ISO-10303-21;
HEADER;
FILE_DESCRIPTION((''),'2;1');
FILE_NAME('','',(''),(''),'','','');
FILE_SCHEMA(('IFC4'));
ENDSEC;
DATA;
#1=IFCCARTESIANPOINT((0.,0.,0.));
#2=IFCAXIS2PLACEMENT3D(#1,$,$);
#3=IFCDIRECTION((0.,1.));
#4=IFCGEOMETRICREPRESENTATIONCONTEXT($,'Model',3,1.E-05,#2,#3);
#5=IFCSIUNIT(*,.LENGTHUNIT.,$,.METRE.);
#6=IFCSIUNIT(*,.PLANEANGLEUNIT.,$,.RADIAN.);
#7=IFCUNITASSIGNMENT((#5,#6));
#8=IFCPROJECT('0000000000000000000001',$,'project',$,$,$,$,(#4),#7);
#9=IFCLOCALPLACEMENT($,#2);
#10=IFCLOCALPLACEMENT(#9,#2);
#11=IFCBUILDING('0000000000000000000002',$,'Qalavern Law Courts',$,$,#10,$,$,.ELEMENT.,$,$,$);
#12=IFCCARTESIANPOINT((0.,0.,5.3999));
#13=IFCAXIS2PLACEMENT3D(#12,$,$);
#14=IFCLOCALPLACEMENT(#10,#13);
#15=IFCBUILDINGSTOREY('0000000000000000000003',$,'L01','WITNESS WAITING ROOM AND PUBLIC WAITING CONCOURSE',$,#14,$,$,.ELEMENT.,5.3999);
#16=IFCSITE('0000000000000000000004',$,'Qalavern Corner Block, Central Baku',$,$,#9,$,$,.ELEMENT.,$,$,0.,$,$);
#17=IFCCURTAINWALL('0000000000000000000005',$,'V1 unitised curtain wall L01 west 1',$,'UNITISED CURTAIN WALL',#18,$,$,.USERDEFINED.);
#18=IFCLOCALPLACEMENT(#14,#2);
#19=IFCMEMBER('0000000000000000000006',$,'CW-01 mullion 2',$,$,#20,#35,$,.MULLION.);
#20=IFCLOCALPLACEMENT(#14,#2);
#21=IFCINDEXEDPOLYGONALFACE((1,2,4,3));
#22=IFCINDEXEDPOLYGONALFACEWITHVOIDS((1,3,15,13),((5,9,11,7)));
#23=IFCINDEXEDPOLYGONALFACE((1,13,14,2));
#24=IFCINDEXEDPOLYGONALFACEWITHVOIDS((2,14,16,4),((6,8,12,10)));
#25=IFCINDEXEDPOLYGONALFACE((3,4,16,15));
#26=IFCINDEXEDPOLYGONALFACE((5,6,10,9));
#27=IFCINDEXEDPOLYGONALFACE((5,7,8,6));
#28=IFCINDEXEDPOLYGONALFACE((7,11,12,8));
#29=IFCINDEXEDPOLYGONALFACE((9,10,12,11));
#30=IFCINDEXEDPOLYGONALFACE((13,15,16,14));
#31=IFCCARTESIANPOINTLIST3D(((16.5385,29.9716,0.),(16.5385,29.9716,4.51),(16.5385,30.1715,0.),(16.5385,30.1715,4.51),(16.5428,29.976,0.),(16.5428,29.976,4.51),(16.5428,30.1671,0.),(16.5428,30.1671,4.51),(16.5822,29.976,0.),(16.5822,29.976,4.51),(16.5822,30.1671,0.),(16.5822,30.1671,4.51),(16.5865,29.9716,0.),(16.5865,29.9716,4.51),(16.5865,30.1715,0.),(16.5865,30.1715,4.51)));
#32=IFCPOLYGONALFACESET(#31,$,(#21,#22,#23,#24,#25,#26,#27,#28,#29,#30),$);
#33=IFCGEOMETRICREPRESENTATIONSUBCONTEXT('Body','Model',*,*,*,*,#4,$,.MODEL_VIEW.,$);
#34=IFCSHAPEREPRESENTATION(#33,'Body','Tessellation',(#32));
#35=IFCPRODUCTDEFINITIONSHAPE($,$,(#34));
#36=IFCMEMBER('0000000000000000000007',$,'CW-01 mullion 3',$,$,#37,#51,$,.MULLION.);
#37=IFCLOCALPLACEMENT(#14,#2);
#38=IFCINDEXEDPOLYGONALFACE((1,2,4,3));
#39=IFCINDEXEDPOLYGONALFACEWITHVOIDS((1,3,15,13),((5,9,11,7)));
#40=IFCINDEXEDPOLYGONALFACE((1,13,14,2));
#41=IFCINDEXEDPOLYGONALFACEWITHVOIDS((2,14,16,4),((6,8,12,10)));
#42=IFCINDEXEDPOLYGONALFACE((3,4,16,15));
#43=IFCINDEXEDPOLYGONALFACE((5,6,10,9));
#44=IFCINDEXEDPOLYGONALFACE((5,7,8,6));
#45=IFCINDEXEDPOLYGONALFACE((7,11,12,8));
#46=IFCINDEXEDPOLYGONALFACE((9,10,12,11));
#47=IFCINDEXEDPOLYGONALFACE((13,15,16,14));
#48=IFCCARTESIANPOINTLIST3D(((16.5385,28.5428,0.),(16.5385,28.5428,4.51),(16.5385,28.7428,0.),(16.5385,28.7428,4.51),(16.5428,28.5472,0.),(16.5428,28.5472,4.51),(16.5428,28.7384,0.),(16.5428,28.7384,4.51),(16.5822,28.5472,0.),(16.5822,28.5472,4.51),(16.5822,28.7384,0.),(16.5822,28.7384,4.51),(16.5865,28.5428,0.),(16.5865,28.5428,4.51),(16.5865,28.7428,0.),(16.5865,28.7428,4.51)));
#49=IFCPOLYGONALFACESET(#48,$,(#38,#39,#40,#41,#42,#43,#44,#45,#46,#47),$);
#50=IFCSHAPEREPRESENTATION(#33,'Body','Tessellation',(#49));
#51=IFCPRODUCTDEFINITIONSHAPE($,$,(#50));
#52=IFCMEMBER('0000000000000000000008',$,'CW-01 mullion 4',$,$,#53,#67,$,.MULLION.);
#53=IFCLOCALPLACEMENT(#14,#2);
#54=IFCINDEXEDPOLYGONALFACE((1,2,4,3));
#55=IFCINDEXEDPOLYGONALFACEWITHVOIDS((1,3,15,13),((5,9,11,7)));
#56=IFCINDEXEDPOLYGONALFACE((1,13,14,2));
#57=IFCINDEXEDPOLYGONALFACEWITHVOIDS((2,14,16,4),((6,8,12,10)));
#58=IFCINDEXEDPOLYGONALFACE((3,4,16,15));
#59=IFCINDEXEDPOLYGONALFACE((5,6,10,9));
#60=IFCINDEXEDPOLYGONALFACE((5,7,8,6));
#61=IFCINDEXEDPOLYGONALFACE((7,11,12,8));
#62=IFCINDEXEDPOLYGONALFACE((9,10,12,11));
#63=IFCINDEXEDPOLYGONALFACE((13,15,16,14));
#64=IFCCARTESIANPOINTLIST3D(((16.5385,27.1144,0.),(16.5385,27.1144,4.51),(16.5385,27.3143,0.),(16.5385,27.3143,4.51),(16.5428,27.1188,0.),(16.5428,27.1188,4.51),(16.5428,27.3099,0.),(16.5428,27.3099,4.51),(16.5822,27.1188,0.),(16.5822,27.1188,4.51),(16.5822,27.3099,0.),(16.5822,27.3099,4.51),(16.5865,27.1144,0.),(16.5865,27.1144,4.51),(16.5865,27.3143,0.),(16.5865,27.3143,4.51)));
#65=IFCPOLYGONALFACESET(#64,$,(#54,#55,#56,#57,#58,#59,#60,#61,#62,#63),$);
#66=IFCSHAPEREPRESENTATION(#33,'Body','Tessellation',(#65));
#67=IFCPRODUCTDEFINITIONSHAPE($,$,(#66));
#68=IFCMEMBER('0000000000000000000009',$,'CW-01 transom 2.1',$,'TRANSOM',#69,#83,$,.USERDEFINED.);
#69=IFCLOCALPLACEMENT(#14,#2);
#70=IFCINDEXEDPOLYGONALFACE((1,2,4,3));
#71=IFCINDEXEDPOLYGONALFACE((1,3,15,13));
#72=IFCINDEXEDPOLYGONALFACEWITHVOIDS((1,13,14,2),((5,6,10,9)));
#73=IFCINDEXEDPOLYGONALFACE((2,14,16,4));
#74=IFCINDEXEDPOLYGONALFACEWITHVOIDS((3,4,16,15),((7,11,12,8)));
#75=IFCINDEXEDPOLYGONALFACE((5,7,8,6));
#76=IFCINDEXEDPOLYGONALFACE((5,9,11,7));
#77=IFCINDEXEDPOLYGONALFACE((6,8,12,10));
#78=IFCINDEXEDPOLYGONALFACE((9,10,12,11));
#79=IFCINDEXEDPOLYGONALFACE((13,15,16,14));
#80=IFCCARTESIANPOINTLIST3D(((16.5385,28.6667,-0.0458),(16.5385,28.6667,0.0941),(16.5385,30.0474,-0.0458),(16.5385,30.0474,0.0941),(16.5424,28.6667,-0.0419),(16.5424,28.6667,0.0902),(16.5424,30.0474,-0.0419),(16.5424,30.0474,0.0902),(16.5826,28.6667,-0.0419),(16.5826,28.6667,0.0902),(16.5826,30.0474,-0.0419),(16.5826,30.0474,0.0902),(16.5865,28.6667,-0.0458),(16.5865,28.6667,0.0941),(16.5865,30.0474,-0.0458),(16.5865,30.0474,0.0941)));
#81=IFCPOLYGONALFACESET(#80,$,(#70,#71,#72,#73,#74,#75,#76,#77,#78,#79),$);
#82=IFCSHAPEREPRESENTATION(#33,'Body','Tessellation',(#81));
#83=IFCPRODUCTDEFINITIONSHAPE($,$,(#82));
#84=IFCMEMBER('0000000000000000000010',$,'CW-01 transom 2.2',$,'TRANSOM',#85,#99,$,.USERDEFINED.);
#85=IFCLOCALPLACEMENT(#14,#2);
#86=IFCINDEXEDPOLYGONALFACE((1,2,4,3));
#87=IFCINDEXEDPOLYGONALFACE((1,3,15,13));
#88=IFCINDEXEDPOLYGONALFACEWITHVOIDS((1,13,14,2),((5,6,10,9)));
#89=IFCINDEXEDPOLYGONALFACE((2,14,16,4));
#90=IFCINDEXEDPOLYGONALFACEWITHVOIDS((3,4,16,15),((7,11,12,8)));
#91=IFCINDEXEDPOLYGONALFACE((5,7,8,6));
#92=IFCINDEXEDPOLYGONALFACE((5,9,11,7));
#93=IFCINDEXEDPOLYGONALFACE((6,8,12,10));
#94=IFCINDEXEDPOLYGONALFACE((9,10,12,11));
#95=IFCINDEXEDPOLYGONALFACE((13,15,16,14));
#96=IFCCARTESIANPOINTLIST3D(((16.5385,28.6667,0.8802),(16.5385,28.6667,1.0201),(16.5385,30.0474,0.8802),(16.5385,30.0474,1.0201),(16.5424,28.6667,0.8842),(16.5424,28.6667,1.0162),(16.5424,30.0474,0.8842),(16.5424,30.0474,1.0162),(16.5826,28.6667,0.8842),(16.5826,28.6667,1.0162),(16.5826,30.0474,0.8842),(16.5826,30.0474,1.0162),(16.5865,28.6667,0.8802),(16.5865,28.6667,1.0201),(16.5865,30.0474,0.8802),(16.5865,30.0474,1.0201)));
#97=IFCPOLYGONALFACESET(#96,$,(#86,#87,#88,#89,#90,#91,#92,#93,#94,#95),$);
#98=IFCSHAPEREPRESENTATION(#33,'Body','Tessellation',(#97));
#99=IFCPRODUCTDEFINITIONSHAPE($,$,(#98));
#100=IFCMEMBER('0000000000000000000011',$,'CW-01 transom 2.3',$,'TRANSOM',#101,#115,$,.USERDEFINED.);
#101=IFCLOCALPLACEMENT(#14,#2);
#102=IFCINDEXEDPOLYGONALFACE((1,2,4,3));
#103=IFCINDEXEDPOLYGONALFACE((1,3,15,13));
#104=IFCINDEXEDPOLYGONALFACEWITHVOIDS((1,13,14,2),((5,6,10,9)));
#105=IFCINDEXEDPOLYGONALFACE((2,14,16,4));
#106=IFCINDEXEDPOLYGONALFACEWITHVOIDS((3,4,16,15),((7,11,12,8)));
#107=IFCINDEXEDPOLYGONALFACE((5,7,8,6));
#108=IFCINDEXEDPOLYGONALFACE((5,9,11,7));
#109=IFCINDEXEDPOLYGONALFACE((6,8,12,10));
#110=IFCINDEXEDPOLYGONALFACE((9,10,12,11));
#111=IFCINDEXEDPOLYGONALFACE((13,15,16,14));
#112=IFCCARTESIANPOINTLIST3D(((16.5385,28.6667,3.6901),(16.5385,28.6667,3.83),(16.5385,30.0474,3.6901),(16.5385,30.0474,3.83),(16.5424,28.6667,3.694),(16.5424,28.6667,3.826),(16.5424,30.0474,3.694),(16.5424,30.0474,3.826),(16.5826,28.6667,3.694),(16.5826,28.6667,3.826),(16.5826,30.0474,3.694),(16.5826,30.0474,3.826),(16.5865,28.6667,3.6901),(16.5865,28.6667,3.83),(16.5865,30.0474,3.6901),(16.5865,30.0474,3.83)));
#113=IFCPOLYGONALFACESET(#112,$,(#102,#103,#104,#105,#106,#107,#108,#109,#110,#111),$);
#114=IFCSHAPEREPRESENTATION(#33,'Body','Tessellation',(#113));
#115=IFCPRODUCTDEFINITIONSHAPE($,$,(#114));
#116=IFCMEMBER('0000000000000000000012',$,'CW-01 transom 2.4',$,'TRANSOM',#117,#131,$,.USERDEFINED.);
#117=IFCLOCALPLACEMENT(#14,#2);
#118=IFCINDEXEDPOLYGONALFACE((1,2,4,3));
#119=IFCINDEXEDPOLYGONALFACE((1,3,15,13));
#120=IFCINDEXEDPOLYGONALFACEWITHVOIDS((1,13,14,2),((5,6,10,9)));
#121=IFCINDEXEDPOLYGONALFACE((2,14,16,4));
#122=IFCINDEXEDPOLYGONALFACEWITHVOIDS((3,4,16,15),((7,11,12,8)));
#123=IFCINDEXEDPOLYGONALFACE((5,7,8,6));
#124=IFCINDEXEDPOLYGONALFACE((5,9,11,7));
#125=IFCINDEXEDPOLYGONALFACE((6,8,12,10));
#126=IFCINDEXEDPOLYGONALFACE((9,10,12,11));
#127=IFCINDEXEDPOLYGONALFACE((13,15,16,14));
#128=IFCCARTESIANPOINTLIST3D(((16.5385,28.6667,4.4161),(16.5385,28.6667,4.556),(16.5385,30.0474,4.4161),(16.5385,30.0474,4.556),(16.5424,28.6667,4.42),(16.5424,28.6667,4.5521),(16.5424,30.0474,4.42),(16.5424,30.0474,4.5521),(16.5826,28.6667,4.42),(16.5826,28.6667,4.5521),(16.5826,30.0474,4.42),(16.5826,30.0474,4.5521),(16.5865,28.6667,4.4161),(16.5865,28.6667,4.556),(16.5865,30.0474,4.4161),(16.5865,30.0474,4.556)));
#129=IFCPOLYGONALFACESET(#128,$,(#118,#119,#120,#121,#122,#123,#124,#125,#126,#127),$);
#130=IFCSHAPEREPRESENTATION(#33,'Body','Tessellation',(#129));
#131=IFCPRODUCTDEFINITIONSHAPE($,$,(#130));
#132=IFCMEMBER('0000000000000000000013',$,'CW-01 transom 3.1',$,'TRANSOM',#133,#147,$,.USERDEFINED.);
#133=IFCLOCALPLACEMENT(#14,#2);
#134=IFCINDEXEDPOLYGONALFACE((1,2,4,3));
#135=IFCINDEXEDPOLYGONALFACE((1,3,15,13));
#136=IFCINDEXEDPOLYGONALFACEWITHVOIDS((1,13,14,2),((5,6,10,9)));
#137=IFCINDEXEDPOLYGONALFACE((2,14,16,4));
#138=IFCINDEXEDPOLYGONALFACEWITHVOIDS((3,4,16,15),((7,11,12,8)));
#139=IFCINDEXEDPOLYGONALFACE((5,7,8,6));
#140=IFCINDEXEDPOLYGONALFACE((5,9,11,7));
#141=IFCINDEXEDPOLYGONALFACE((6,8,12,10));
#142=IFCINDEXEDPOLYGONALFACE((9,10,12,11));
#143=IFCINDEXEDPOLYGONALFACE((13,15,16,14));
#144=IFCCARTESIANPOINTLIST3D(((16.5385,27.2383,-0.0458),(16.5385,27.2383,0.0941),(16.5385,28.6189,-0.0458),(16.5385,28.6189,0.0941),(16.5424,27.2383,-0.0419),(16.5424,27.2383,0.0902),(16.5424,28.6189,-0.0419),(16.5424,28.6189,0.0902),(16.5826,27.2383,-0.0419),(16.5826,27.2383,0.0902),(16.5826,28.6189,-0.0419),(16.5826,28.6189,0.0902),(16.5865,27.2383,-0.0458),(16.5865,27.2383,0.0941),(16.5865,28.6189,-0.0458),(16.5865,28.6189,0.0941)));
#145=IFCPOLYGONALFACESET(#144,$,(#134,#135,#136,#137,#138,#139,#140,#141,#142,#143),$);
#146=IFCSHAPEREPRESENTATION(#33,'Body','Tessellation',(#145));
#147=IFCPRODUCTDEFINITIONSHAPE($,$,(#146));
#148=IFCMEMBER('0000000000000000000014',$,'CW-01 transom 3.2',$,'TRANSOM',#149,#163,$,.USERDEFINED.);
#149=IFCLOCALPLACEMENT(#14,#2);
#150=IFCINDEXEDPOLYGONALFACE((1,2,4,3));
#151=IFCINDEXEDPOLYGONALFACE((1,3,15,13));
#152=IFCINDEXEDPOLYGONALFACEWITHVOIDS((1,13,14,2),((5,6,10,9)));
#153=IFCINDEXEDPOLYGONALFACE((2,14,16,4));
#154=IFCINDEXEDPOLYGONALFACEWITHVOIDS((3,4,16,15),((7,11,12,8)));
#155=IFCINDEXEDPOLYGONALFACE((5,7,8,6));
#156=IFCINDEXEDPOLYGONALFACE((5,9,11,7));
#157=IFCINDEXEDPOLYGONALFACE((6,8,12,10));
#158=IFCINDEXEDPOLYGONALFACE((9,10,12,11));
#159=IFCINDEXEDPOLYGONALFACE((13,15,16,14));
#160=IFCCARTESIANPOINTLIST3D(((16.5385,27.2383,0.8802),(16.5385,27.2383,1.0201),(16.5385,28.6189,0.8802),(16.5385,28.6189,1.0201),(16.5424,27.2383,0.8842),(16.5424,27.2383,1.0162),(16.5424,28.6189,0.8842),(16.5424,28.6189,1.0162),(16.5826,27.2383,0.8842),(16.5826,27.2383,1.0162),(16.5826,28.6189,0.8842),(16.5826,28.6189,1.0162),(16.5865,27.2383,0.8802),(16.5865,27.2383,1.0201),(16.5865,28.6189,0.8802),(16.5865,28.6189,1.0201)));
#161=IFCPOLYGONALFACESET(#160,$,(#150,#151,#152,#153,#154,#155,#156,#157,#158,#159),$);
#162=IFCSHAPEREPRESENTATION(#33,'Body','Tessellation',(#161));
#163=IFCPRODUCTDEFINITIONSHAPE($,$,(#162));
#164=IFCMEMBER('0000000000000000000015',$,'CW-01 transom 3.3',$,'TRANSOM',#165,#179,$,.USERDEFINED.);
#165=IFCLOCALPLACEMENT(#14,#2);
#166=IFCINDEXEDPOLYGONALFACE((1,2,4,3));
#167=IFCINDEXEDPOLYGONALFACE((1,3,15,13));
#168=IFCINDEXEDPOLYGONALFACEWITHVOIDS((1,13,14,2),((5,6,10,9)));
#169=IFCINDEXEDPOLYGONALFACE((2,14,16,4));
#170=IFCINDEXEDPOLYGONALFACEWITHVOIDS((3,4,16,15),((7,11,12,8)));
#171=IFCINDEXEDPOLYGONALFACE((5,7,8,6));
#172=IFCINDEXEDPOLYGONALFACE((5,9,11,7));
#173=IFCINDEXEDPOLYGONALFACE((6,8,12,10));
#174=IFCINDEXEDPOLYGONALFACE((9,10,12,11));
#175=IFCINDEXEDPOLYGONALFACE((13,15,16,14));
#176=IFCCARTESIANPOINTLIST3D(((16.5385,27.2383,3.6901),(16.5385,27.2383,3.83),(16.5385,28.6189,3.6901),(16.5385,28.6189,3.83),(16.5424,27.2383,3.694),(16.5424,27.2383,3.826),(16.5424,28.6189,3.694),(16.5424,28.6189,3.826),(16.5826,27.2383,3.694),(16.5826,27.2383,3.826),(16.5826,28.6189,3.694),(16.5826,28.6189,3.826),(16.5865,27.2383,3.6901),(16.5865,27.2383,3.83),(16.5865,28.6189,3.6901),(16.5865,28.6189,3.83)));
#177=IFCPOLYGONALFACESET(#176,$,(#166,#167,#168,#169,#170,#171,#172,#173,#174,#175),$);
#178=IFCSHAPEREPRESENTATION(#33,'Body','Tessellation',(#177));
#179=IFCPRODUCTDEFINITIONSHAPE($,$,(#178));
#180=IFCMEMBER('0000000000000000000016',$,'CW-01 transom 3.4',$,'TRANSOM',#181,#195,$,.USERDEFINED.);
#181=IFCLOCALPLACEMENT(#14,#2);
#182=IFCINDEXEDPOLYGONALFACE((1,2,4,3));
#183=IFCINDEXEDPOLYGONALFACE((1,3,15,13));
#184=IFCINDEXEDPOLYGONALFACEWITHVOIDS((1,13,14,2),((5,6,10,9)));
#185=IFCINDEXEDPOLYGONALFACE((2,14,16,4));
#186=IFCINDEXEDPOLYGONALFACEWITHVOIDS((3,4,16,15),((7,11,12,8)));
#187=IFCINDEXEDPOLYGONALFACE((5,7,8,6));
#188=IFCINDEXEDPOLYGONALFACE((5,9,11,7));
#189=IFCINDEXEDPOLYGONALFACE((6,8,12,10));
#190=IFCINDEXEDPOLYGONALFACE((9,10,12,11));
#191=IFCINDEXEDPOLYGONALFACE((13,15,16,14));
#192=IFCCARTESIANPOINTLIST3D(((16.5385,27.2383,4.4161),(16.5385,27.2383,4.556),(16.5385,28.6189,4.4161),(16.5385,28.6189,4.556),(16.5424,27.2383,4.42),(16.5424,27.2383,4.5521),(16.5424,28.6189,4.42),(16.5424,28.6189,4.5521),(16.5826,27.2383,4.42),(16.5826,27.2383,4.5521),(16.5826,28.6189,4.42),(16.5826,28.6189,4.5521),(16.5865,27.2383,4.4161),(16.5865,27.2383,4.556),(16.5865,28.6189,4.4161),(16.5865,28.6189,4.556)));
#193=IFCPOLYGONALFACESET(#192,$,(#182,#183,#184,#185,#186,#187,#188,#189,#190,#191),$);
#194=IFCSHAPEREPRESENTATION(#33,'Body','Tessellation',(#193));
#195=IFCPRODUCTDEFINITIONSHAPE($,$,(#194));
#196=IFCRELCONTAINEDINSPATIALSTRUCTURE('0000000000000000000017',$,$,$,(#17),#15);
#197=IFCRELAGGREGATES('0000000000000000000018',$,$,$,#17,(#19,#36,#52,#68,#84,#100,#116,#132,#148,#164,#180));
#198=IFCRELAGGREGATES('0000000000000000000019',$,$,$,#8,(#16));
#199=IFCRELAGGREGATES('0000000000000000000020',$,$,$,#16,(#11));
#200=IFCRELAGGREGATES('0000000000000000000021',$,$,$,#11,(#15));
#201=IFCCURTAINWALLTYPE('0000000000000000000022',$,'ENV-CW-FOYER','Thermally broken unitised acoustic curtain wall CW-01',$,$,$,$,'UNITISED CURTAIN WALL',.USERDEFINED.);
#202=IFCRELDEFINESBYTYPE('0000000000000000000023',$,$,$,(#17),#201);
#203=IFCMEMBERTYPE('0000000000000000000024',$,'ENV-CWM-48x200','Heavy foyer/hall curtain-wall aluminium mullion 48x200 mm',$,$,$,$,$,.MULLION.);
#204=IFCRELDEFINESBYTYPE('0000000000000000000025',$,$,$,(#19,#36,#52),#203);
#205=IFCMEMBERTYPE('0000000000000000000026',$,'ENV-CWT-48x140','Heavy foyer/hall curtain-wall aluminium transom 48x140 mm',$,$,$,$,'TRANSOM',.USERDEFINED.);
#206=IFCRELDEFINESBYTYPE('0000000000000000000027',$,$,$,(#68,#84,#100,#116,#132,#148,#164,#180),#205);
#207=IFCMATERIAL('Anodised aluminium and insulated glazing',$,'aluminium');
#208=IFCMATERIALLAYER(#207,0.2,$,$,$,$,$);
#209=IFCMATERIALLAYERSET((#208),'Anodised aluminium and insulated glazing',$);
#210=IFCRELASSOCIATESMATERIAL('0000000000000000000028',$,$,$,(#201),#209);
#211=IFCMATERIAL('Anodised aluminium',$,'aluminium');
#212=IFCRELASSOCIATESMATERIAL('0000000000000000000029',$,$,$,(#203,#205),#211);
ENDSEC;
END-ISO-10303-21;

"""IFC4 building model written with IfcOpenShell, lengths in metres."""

from ifc_helpers import new_model, si_unit, direction, frame, origin, origin_2d, place, context, subcontext, project, spatial, hollow_rectangle, extrude, material, layer, layer_set, material_profile, profile_set, type_object, element, aggregate, save


model = new_model("IFC4")

# Units and contexts
model_context = context("Model", 3, precision=1e-05, world=origin(), true_north=direction((0.0, 1.0)))
body_context = subcontext(model_context, "Body", "Model", "MODEL_VIEW")
ifc_project = project(units=[si_unit("LENGTHUNIT", "METRE"), si_unit("PLANEANGLEUNIT", "RADIAN")], contexts=[model_context])

# Site, building, storey
site_placement = place(None, origin())
site = spatial("IfcSite", under=ifc_project, at=site_placement, Name="Qalavern Corner Block, Central Baku", CompositionType="ELEMENT", RefElevation=0.0)
building_placement = place(site_placement, origin())
building = spatial("IfcBuilding", under=site, at=building_placement, Name="Qalavern Law Courts", CompositionType="ELEMENT")
storey_placement = place(building_placement, frame((0.0, 0.0, 5.3999)))
storey = spatial("IfcBuildingStorey", under=building, at=storey_placement, Name="L01", Description="WITNESS WAITING ROOM AND PUBLIC WAITING CONCOURSE", CompositionType="ELEMENT", Elevation=5.3999)

# Curtain wall, members
ifc_material_1 = material(Name="Anodised aluminium and insulated glazing", Category="aluminium")
ifc_layer_1 = layer(ifc_material_1, 0.2)
ifc_layer_set_1 = layer_set([ifc_layer_1], Name="Anodised aluminium and insulated glazing")
curtain_wall_type = type_object("IfcCurtainWallType", Name="ENV-CW-FOYER", Description="Thermally broken unitised acoustic curtain wall CW-01", ElementType="UNITISED CURTAIN WALL", PredefinedType="USERDEFINED", material=ifc_layer_set_1)
curtain_wall_placement = place(storey_placement, origin())
curtain_wall = element("IfcCurtainWall", 1, at=curtain_wall_placement, inside=storey, type_object=curtain_wall_type, Name="V1 unitised curtain wall L01 west 1", ObjectType="UNITISED CURTAIN WALL", PredefinedType="USERDEFINED")
ifc_material_2 = material(Name="Anodised aluminium", Category="aluminium")
ifc_material_profile_1 = material_profile(ifc_material_2, hollow_rectangle(XDim=0.0481, YDim=0.2, WallThickness=0.0044, at=origin_2d()), Name="ALU MULLION 48x200")
ifc_profile_set_1 = profile_set([ifc_material_profile_1], Name="Anodised aluminium")
member_type_1 = type_object("IfcMemberType", Name="ENV-CWM-48x200", Description="Heavy foyer/hall curtain-wall aluminium mullion 48x200 mm", PredefinedType="MULLION", material=ifc_profile_set_1)
member_1_placement = place(storey_placement, frame((16.5625, 30.0715, 0.0), z_axis=(0.0, 0.0, 1.0), x_axis=(1.0, 0.0, 0.0)))
member_1 = element("IfcMember", 2, at=member_1_placement, type_object=member_type_1, Name="CW-01 mullion 2", PredefinedType="MULLION", context=body_context, shape_type="SweptSolid", body=[
    extrude(hollow_rectangle(XDim=0.0481, YDim=0.2, WallThickness=0.0044, at=origin_2d()), origin(), (0.0, 0.0, 1.0), 4.51),
])
member_2_placement = place(storey_placement, frame((16.5625, 28.6428, 0.0), z_axis=(0.0, 0.0, 1.0), x_axis=(1.0, 0.0, 0.0)))
member_2 = element("IfcMember", 3, at=member_2_placement, type_object=member_type_1, Name="CW-01 mullion 3", PredefinedType="MULLION", context=body_context, shape_type="SweptSolid", body=[
    extrude(hollow_rectangle(XDim=0.0481, YDim=0.2, WallThickness=0.0044, at=origin_2d()), origin(), (0.0, 0.0, 1.0), 4.51),
])
member_3_placement = place(storey_placement, frame((16.5625, 27.2144, 0.0), z_axis=(0.0, 0.0, 1.0), x_axis=(1.0, 0.0, 0.0)))
member_3 = element("IfcMember", 4, at=member_3_placement, type_object=member_type_1, Name="CW-01 mullion 4", PredefinedType="MULLION", context=body_context, shape_type="SweptSolid", body=[
    extrude(hollow_rectangle(XDim=0.0481, YDim=0.2, WallThickness=0.0044, at=origin_2d()), origin(), (0.0, 0.0, 1.0), 4.51),
])
ifc_material_profile_2 = material_profile(ifc_material_2, hollow_rectangle(XDim=0.0481, YDim=0.1399, WallThickness=0.0039, at=origin_2d()), Name="ALU TRANSOM 48x140")
ifc_profile_set_2 = profile_set([ifc_material_profile_2], Name="Anodised aluminium")
member_type_2 = type_object("IfcMemberType", Name="ENV-CWT-48x140", Description="Heavy foyer/hall curtain-wall aluminium transom 48x140 mm", ElementType="TRANSOM", PredefinedType="USERDEFINED", material=ifc_profile_set_2)
member_4_placement = place(storey_placement, frame((16.5625, 30.0474, 0.0242), z_axis=(0.0, -1.0, 0.0), x_axis=(1.0, 0.0, 0.0)))
member_4 = element("IfcMember", 5, at=member_4_placement, type_object=member_type_2, Name="CW-01 transom 2.1", ObjectType="TRANSOM", PredefinedType="USERDEFINED", context=body_context, shape_type="SweptSolid", body=[
    extrude(hollow_rectangle(XDim=0.0481, YDim=0.1399, WallThickness=0.0039, at=origin_2d()), origin(), (0.0, 0.0, 1.0), 1.3806),
])
member_5_placement = place(storey_placement, frame((16.5625, 30.0474, 0.9502), z_axis=(0.0, -1.0, 0.0), x_axis=(1.0, 0.0, 0.0)))
member_5 = element("IfcMember", 6, at=member_5_placement, type_object=member_type_2, Name="CW-01 transom 2.2", ObjectType="TRANSOM", PredefinedType="USERDEFINED", context=body_context, shape_type="SweptSolid", body=[
    extrude(hollow_rectangle(XDim=0.0481, YDim=0.1399, WallThickness=0.0039, at=origin_2d()), origin(), (0.0, 0.0, 1.0), 1.3806),
])
member_6_placement = place(storey_placement, frame((16.5625, 30.0474, 3.76), z_axis=(0.0, -1.0, 0.0), x_axis=(1.0, 0.0, 0.0)))
member_6 = element("IfcMember", 7, at=member_6_placement, type_object=member_type_2, Name="CW-01 transom 2.3", ObjectType="TRANSOM", PredefinedType="USERDEFINED", context=body_context, shape_type="SweptSolid", body=[
    extrude(hollow_rectangle(XDim=0.0481, YDim=0.1399, WallThickness=0.0039, at=origin_2d()), origin(), (0.0, 0.0, 1.0), 1.3806),
])
member_7_placement = place(storey_placement, frame((16.5625, 30.0474, 4.4861), z_axis=(0.0, -1.0, 0.0), x_axis=(1.0, 0.0, 0.0)))
member_7 = element("IfcMember", 8, at=member_7_placement, type_object=member_type_2, Name="CW-01 transom 2.4", ObjectType="TRANSOM", PredefinedType="USERDEFINED", context=body_context, shape_type="SweptSolid", body=[
    extrude(hollow_rectangle(XDim=0.0481, YDim=0.1399, WallThickness=0.0039, at=origin_2d()), origin(), (0.0, 0.0, 1.0), 1.3806),
])
member_8_placement = place(storey_placement, frame((16.5625, 28.6189, 0.0242), z_axis=(0.0, -1.0, 0.0), x_axis=(1.0, 0.0, 0.0)))
member_8 = element("IfcMember", 9, at=member_8_placement, type_object=member_type_2, Name="CW-01 transom 3.1", ObjectType="TRANSOM", PredefinedType="USERDEFINED", context=body_context, shape_type="SweptSolid", body=[
    extrude(hollow_rectangle(XDim=0.0481, YDim=0.1399, WallThickness=0.0039, at=origin_2d()), origin(), (0.0, 0.0, 1.0), 1.3806),
])
member_9_placement = place(storey_placement, frame((16.5625, 28.6189, 0.9502), z_axis=(0.0, -1.0, 0.0), x_axis=(1.0, 0.0, 0.0)))
member_9 = element("IfcMember", 10, at=member_9_placement, type_object=member_type_2, Name="CW-01 transom 3.2", ObjectType="TRANSOM", PredefinedType="USERDEFINED", context=body_context, shape_type="SweptSolid", body=[
    extrude(hollow_rectangle(XDim=0.0481, YDim=0.1399, WallThickness=0.0039, at=origin_2d()), origin(), (0.0, 0.0, 1.0), 1.3806),
])
member_10_placement = place(storey_placement, frame((16.5625, 28.6189, 3.76), z_axis=(0.0, -1.0, 0.0), x_axis=(1.0, 0.0, 0.0)))
member_10 = element("IfcMember", 11, at=member_10_placement, type_object=member_type_2, Name="CW-01 transom 3.3", ObjectType="TRANSOM", PredefinedType="USERDEFINED", context=body_context, shape_type="SweptSolid", body=[
    extrude(hollow_rectangle(XDim=0.0481, YDim=0.1399, WallThickness=0.0039, at=origin_2d()), origin(), (0.0, 0.0, 1.0), 1.3806),
])
member_11_placement = place(storey_placement, frame((16.5625, 28.6189, 4.4861), z_axis=(0.0, -1.0, 0.0), x_axis=(1.0, 0.0, 0.0)))
member_11 = element("IfcMember", 12, at=member_11_placement, type_object=member_type_2, Name="CW-01 transom 3.4", ObjectType="TRANSOM", PredefinedType="USERDEFINED", context=body_context, shape_type="SweptSolid", body=[
    extrude(hollow_rectangle(XDim=0.0481, YDim=0.1399, WallThickness=0.0039, at=origin_2d()), origin(), (0.0, 0.0, 1.0), 1.3806),
])

aggregate(curtain_wall, [member_1, member_2, member_3, member_4, member_5, member_6, member_7, member_8, member_9, member_10, member_11])

save(model, "model.ifc")
